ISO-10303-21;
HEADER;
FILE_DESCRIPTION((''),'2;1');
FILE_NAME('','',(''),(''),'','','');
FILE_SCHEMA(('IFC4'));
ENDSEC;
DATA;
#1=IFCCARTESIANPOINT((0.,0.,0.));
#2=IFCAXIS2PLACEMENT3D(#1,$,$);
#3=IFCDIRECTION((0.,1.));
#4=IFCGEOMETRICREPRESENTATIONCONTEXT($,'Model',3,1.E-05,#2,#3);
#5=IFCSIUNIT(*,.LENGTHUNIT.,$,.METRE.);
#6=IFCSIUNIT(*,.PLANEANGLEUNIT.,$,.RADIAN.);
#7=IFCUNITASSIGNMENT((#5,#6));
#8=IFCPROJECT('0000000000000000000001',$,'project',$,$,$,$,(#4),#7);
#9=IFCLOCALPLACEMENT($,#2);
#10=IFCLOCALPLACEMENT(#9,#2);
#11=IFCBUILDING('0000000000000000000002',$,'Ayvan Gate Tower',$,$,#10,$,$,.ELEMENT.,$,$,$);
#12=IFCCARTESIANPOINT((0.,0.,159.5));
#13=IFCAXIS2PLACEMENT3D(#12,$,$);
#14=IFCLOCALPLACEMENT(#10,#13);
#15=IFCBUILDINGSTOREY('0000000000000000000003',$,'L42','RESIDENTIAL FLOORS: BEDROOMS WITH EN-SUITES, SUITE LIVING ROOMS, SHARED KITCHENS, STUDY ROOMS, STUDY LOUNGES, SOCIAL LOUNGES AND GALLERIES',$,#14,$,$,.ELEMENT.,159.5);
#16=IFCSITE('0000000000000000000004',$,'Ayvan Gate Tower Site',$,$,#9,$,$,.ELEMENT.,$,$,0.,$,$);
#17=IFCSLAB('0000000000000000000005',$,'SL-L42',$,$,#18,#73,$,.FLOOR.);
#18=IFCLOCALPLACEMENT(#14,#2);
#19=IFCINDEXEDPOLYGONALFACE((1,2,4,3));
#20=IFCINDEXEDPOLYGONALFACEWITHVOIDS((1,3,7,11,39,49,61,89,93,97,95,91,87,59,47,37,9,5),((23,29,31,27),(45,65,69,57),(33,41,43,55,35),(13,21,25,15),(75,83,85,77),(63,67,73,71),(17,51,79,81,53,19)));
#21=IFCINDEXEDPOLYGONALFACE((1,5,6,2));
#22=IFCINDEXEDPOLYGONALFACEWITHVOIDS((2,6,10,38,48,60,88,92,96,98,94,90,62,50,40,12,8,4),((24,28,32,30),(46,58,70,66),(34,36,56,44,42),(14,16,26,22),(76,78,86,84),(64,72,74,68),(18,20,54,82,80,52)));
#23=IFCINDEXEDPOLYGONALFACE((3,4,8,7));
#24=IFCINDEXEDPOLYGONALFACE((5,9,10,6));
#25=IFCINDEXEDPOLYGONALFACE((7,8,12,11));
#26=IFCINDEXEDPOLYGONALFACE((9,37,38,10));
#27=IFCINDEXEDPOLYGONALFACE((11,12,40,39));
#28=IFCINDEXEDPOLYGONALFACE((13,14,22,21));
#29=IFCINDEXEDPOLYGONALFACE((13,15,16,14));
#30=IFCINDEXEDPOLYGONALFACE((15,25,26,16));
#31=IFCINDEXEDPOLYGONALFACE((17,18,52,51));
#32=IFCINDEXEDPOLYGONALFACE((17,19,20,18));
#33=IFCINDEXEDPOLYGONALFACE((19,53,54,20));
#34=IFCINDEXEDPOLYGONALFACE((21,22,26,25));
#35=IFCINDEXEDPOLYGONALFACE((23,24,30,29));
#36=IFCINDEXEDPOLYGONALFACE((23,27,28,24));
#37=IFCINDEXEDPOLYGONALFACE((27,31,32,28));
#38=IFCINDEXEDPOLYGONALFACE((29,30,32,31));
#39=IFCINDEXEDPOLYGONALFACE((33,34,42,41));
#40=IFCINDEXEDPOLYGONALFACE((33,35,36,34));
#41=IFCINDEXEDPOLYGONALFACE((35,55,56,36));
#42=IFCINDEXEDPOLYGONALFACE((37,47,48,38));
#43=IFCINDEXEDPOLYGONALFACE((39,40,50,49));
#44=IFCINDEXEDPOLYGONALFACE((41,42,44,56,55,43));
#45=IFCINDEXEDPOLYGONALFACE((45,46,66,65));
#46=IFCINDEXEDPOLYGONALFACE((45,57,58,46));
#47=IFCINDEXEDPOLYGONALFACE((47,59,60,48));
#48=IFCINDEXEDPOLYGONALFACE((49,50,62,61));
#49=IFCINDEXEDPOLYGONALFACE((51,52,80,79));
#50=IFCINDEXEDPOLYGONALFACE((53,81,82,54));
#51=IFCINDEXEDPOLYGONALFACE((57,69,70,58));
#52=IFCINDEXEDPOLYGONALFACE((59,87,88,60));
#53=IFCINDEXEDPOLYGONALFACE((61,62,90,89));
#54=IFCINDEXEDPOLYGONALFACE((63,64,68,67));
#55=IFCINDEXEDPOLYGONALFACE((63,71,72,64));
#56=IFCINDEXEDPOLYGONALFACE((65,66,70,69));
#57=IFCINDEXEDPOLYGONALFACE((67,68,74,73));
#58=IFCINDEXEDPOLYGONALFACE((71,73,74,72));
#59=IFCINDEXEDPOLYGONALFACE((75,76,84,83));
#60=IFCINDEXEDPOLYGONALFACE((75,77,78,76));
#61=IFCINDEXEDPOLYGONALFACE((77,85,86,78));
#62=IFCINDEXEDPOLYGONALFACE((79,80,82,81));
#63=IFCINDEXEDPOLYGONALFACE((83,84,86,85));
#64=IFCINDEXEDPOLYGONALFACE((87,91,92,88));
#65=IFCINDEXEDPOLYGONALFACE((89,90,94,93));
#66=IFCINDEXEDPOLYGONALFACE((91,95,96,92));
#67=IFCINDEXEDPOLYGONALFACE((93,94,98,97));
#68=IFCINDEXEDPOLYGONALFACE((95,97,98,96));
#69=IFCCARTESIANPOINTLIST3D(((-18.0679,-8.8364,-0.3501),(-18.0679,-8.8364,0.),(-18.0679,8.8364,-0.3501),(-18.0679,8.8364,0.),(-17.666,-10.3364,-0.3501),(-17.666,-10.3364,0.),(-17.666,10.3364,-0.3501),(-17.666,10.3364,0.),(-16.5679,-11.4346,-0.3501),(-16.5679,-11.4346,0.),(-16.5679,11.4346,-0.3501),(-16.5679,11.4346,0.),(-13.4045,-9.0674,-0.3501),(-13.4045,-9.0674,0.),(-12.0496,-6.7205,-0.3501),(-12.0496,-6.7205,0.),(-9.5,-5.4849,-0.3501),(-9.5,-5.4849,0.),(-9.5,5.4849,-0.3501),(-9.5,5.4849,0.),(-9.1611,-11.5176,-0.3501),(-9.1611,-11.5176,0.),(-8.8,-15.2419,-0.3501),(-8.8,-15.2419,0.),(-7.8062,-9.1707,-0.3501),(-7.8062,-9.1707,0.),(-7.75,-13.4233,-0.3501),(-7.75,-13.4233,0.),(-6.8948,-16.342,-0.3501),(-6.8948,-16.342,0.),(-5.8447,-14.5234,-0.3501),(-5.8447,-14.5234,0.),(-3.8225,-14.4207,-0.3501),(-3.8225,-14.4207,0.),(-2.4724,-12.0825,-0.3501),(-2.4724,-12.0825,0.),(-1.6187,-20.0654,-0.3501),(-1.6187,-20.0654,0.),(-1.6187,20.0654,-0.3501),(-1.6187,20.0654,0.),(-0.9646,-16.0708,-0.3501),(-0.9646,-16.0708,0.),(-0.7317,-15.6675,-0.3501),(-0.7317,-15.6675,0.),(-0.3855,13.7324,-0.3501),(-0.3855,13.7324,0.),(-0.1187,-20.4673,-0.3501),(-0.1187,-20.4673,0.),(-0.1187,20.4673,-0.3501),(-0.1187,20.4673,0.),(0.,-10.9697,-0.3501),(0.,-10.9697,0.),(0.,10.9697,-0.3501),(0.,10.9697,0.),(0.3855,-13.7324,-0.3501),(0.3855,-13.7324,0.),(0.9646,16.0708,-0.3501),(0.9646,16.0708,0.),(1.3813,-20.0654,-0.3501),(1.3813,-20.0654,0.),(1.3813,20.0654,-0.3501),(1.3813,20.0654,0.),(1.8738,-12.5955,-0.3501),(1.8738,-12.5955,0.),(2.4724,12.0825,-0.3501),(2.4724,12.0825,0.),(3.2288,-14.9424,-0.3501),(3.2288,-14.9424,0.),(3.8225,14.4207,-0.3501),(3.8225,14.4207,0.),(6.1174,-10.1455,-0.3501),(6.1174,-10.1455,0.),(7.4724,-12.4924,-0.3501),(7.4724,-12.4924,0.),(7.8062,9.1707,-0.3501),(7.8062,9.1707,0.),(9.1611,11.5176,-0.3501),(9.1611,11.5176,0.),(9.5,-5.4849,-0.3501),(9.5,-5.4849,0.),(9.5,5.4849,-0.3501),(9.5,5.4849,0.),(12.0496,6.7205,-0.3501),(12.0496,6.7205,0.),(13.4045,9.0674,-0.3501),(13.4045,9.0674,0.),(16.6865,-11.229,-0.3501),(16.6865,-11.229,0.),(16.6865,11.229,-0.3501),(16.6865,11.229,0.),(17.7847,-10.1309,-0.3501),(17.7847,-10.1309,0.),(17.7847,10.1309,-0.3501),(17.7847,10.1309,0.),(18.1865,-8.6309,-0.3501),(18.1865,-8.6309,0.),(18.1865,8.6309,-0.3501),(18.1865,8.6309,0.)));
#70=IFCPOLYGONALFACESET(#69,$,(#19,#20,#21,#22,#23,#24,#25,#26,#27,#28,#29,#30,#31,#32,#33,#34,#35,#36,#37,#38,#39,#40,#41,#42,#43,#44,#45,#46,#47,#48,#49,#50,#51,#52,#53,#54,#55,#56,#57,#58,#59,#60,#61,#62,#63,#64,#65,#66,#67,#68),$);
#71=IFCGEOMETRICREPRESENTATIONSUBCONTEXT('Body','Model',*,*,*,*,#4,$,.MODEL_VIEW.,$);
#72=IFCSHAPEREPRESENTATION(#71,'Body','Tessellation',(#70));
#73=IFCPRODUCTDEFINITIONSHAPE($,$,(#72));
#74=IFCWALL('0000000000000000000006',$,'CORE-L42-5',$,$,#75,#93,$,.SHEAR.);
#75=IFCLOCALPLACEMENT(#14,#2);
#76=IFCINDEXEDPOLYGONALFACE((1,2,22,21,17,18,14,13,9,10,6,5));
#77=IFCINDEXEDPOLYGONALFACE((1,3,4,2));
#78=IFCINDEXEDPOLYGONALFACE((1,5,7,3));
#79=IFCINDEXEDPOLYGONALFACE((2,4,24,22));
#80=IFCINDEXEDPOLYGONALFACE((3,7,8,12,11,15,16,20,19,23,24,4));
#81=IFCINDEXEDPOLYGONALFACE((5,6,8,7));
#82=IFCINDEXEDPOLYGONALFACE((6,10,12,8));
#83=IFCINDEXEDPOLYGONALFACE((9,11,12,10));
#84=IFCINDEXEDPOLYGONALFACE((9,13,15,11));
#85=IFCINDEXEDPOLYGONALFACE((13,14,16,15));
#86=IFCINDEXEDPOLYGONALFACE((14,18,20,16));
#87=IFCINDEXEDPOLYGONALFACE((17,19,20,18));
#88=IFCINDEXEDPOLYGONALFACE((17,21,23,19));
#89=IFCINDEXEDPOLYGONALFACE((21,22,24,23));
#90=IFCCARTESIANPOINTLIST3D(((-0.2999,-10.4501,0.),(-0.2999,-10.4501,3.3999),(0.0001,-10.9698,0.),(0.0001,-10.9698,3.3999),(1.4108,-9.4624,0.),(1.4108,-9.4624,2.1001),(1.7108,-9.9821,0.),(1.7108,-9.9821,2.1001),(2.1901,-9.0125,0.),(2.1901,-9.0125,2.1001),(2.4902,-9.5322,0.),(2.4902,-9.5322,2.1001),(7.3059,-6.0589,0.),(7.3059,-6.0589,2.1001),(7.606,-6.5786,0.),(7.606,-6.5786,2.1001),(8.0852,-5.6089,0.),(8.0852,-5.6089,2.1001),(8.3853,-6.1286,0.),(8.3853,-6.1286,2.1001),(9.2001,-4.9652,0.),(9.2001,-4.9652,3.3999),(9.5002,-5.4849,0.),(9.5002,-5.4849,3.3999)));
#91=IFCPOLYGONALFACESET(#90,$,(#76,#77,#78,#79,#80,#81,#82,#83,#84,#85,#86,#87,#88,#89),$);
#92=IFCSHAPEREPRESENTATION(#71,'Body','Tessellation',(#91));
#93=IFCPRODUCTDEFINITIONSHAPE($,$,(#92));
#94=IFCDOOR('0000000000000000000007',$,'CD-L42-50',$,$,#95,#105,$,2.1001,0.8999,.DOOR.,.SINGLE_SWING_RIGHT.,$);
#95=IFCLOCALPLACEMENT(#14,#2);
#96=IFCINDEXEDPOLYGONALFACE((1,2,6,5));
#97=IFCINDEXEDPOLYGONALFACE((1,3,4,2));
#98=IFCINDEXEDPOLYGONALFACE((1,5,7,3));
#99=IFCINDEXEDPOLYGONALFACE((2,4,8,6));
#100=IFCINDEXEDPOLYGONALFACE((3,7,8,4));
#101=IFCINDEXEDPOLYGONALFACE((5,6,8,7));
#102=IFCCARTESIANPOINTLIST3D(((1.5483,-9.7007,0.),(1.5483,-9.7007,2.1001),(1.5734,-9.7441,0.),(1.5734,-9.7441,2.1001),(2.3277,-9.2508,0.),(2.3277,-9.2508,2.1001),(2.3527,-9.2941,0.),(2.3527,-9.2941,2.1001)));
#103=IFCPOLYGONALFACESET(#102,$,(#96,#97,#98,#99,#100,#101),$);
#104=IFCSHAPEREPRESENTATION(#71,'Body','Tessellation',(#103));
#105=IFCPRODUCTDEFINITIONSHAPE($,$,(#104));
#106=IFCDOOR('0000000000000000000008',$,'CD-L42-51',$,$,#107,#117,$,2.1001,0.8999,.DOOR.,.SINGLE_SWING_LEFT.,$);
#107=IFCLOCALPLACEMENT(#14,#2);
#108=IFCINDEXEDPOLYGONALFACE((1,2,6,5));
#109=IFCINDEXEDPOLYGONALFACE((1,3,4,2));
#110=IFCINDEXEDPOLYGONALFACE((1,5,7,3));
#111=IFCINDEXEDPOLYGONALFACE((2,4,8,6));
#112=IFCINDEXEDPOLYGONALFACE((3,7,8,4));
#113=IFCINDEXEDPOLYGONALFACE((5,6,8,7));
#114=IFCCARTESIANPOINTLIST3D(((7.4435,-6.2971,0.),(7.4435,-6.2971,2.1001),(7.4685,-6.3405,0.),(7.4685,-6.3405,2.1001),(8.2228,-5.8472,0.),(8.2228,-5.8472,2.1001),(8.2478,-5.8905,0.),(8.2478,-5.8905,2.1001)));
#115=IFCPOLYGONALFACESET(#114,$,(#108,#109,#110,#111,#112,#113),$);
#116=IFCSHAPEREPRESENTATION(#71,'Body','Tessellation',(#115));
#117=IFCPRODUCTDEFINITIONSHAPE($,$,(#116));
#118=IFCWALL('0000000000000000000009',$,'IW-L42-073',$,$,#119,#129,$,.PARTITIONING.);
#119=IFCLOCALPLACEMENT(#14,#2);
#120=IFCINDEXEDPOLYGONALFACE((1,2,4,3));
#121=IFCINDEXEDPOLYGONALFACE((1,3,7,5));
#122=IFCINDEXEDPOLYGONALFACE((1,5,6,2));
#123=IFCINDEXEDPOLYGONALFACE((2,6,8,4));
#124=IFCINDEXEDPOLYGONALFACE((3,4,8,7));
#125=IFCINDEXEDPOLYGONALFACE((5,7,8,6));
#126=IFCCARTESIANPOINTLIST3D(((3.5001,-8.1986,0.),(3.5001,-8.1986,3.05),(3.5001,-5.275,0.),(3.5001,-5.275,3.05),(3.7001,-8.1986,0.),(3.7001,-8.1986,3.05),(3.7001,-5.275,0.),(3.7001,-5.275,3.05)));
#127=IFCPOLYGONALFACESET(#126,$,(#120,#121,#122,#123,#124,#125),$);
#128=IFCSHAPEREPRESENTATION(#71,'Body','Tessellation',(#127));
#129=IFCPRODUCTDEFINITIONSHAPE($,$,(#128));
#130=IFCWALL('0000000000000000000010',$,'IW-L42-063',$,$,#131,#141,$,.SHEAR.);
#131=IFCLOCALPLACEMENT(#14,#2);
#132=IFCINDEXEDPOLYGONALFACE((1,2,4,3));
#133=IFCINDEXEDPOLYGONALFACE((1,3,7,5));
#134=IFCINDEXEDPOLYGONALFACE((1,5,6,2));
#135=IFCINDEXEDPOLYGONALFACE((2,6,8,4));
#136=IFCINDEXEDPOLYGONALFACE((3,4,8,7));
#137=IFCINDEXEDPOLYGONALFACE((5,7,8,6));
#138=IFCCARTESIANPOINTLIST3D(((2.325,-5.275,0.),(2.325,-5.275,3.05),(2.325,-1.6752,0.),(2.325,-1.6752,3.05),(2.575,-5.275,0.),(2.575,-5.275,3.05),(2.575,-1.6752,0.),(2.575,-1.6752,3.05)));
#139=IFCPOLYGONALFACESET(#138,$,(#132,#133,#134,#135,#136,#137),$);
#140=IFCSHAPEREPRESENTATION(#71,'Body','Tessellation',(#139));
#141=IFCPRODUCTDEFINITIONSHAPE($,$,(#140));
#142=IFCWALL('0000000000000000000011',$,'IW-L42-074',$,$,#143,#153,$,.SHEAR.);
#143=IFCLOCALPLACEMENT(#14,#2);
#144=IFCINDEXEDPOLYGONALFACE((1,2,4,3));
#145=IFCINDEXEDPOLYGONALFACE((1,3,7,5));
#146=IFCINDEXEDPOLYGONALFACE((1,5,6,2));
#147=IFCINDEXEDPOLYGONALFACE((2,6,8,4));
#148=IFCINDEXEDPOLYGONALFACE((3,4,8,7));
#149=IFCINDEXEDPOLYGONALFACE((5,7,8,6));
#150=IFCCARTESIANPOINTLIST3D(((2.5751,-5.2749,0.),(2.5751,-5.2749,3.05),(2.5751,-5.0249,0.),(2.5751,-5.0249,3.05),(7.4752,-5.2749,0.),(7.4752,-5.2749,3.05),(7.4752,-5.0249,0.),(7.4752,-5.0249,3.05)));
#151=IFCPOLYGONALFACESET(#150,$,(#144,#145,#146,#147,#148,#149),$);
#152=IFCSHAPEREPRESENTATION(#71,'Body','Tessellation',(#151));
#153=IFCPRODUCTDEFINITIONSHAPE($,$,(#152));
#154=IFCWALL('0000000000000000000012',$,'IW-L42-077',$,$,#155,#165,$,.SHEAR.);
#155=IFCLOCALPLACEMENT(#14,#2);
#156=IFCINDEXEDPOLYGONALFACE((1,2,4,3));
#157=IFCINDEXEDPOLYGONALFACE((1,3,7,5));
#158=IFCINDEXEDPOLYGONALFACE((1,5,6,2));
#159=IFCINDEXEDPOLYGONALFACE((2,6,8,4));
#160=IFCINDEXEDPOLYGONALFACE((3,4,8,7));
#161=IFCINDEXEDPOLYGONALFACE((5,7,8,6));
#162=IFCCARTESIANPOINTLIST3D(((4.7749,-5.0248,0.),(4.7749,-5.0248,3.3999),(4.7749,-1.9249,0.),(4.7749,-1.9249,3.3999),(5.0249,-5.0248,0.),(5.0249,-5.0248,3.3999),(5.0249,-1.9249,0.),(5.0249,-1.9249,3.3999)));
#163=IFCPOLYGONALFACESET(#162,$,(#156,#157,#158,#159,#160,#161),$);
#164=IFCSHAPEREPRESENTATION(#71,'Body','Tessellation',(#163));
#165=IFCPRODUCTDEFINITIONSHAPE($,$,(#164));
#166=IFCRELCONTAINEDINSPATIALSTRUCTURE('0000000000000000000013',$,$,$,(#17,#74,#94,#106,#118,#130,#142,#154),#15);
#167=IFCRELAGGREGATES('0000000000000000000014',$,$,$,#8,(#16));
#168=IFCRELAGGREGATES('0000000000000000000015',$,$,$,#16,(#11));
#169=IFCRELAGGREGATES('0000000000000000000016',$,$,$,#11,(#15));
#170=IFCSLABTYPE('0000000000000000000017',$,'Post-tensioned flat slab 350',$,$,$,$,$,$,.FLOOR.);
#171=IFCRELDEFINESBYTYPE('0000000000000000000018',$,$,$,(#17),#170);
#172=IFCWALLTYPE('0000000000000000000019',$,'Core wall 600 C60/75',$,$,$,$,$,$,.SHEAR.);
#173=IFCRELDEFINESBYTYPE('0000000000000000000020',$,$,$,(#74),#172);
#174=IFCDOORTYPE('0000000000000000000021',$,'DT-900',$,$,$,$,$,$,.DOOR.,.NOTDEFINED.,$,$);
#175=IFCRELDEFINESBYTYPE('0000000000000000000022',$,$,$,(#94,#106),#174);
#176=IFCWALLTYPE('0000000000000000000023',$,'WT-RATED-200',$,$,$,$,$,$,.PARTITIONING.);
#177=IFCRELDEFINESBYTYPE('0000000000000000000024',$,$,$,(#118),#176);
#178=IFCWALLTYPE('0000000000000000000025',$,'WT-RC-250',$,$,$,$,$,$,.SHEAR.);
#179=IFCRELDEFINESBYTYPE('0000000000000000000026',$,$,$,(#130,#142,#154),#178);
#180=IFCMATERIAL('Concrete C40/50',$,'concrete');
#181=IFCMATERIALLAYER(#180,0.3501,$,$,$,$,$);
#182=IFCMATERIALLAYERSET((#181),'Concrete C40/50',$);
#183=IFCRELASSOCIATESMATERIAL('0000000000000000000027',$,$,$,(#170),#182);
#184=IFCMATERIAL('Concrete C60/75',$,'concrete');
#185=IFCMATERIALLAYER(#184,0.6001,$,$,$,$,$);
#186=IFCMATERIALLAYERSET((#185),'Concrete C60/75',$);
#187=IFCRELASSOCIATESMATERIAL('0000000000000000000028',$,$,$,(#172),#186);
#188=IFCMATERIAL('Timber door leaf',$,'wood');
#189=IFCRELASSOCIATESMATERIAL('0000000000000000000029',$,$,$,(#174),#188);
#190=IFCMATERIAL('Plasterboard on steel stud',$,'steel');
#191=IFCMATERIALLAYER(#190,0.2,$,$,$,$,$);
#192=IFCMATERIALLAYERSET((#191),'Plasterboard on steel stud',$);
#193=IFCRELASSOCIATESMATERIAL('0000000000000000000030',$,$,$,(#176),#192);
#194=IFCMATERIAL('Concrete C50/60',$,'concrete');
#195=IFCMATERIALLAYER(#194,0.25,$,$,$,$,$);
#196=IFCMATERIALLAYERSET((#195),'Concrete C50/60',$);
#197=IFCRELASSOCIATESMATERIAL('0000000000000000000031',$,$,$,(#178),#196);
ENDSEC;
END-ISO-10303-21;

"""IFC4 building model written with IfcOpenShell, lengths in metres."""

from ifc_helpers import new_model, si_unit, direction, frame, frame_2d, origin, place, context, subcontext, project, spatial, polyline, rectangle, outline, extrude, material, layer, layer_set, type_object, element, fill, save


model = new_model("IFC4")

# Units and contexts
model_context = context("Model", 3, precision=1e-05, world=origin(), true_north=direction((0.0, 1.0)))
body_context = subcontext(model_context, "Body", "Model", "MODEL_VIEW")
ifc_project = project(units=[si_unit("LENGTHUNIT", "METRE"), si_unit("PLANEANGLEUNIT", "RADIAN")], contexts=[model_context])

# Site, building, storey
site_placement = place(None, origin())
site = spatial("IfcSite", under=ifc_project, at=site_placement, Name="Ayvan Gate Tower Site", CompositionType="ELEMENT", RefElevation=0.0)
building_placement = place(site_placement, origin())
building = spatial("IfcBuilding", under=site, at=building_placement, Name="Ayvan Gate Tower", CompositionType="ELEMENT")
storey_placement = place(building_placement, frame((0.0, 0.0, 159.5)))
storey = spatial("IfcBuildingStorey", under=building, at=storey_placement, Name="L42", Description="RESIDENTIAL FLOORS: BEDROOMS WITH EN-SUITES, SUITE LIVING ROOMS, SHARED KITCHENS, STUDY ROOMS, STUDY LOUNGES, SOCIAL LOUNGES AND GALLERIES", CompositionType="ELEMENT", Elevation=159.5)

# Slab
ifc_material_1 = material(Name="Concrete C40/50", Category="concrete")
ifc_layer_1 = layer(ifc_material_1, 0.3501)
ifc_layer_set_1 = layer_set([ifc_layer_1], Name="Concrete C40/50")
slab_type = type_object("IfcSlabType", Name="Post-tensioned flat slab 350", PredefinedType="FLOOR", material=ifc_layer_set_1)
slab_placement = place(storey_placement, frame((0.0, 0.0, -0.3501)))
element("IfcSlab", 1, at=slab_placement, inside=storey, type_object=slab_type, Name="SL-L42", PredefinedType="FLOOR", context=body_context, shape_type="SweptSolid", body=[
    extrude(outline(polyline([(-0.1187, -20.4673), (-1.6187, -20.0654), (-16.5679, -11.4346), (-17.666, -10.3364), (-18.0679, -8.8364), (-18.0679, 8.8364), (-17.666, 10.3364), (-16.5679, 11.4346), (-1.6187, 20.0654), (-0.1187, 20.4673), (1.3813, 20.0654), (16.6865, 11.229), (17.7847, 10.1309), (18.1865, 8.6309), (18.1865, -8.6309), (17.7847, -10.1309), (16.6865, -11.229), (1.3813, -20.0654), (-0.1187, -20.4673)]), holes=[polyline([(13.4045, 9.0674), (9.1611, 11.5176), (7.8062, 9.1707), (12.0496, 6.7205), (13.4045, 9.0674)]), polyline([(0.0, 10.9697), (-9.5, 5.4849), (-9.5, -5.4849), (0.0, -10.9697), (9.5, -5.4849), (9.5, 5.4849), (0.0, 10.9697)]), polyline([(3.2288, -14.9424), (7.4724, -12.4924), (6.1174, -10.1455), (1.8738, -12.5955), (3.2288, -14.9424)]), polyline([(0.9646, 16.0708), (-0.3855, 13.7324), (2.4724, 12.0825), (3.8225, 14.4207), (0.9646, 16.0708)]), polyline([(0.3855, -13.7324), (-2.4724, -12.0825), (-3.8225, -14.4207), (-0.9646, -16.0708), (-0.7317, -15.6675), (0.3855, -13.7324)]), polyline([(-6.8948, -16.342), (-5.8447, -14.5234), (-7.75, -13.4233), (-8.8, -15.2419), (-6.8948, -16.342)]), polyline([(-7.8062, -9.1707), (-12.0496, -6.7205), (-13.4045, -9.0674), (-9.1611, -11.5176), (-7.8062, -9.1707)])]), origin(), (0.0, 0.0, 1.0), 0.3501),
])

# Wall, openings, doors
ifc_material_2 = material(Name="Concrete C60/75", Category="concrete")
ifc_layer_2 = layer(ifc_material_2, 0.6001)
ifc_layer_set_2 = layer_set([ifc_layer_2], Name="Concrete C60/75")
wall_type_1 = type_object("IfcWallType", Name="Core wall 600 C60/75", PredefinedType="SHEAR", material=ifc_layer_set_2)
wall_1_placement = place(storey_placement, frame((-0.1499, -10.71, 0.0), z_axis=(0.0, 0.0, 1.0), x_axis=(0.866024, 0.500002, 0.0)))
wall_1 = element("IfcWall", 2, at=wall_1_placement, inside=storey, type_object=wall_type_1, Name="CORE-L42-5", PredefinedType="SHEAR", context=body_context, shape_type="SweptSolid", body=[
    extrude(rectangle(XDim=10.9697, YDim=0.6001, at=frame_2d((5.4849, 0.0))), origin(), (0.0, 0.0, 1.0), 3.3999),
])
opening_1_placement = place(wall_1_placement, frame((1.9753, 0.0, 0.0)))
opening_1 = element("IfcOpeningElement", 3, at=opening_1_placement, cuts=wall_1, PredefinedType="OPENING", context=body_context, shape_type="SweptSolid", body=[
    extrude(rectangle(XDim=0.8999, YDim=2.1001, at=frame_2d((0.45, 1.05))), frame((0.0, 0.3101, 0.0), z_axis=(0.0, -1.0, 0.0), x_axis=(1.0, 0.0, 0.0)), (0.0, 0.0, 1.0), 0.6201),
])
opening_2_placement = place(wall_1_placement, frame((8.7825, 0.0, 0.0)))
opening_2 = element("IfcOpeningElement", 4, at=opening_2_placement, cuts=wall_1, PredefinedType="OPENING", context=body_context, shape_type="SweptSolid", body=[
    extrude(rectangle(XDim=0.8999, YDim=2.1001, at=frame_2d((0.45, 1.05))), frame((0.0, 0.3101, 0.0), z_axis=(0.0, -1.0, 0.0), x_axis=(1.0, 0.0, 0.0)), (0.0, 0.0, 1.0), 0.6201),
])
ifc_material_3 = material(Name="Timber door leaf", Category="wood")
door_type_1 = type_object("IfcDoorType", Name="DT-900", OperationType="NOTDEFINED", PredefinedType="DOOR", material=ifc_material_3)
door_1_placement = place(opening_1_placement, origin())
door_1 = element("IfcDoor", 5, at=door_1_placement, inside=storey, type_object=door_type_1, Name="CD-L42-50", OperationType="SINGLE_SWING_RIGHT", OverallHeight=2.1001, OverallWidth=0.8999, PredefinedType="DOOR", context=body_context, shape_type="SweptSolid", body=[
    extrude(rectangle(XDim=0.8999, YDim=2.1001, at=frame_2d((0.45, 1.05))), frame((0.0, 0.0249, 0.0), z_axis=(0.0, -1.0, 0.0), x_axis=(1.0, 0.0, 0.0)), (0.0, 0.0, 1.0), 0.05),
])
fill(opening_1, door_1)
door_2_placement = place(opening_2_placement, origin())
door_2 = element("IfcDoor", 6, at=door_2_placement, inside=storey, type_object=door_type_1, Name="CD-L42-51", OperationType="SINGLE_SWING_LEFT", OverallHeight=2.1001, OverallWidth=0.8999, PredefinedType="DOOR", context=body_context, shape_type="SweptSolid", body=[
    extrude(rectangle(XDim=0.8999, YDim=2.1001, at=frame_2d((0.45, 1.05))), frame((0.0, 0.0249, 0.0), z_axis=(0.0, -1.0, 0.0), x_axis=(1.0, 0.0, 0.0)), (0.0, 0.0, 1.0), 0.05),
])
fill(opening_2, door_2)

# Walls
ifc_material_4 = material(Name="Plasterboard on steel stud", Category="steel")
ifc_layer_3 = layer(ifc_material_4, 0.2)
ifc_layer_set_3 = layer_set([ifc_layer_3], Name="Plasterboard on steel stud")
wall_type_2 = type_object("IfcWallType", Name="WT-RATED-200", PredefinedType="PARTITIONING", material=ifc_layer_set_3)
wall_2_placement = place(storey_placement, frame((3.6001, -5.2749, 0.0), z_axis=(0.0, 0.0, 1.0), x_axis=(0.0, -1.0, 0.0)))
element("IfcWall", 7, at=wall_2_placement, inside=storey, type_object=wall_type_2, Name="IW-L42-073", PredefinedType="PARTITIONING", context=body_context, shape_type="SweptSolid", body=[
    extrude(rectangle(XDim=2.9236, YDim=0.2, at=frame_2d((1.4619, 0.0))), origin(), (0.0, 0.0, 1.0), 3.05),
])
ifc_material_5 = material(Name="Concrete C50/60", Category="concrete")
ifc_layer_4 = layer(ifc_material_5, 0.25)
ifc_layer_set_4 = layer_set([ifc_layer_4], Name="Concrete C50/60")
wall_type_3 = type_object("IfcWallType", Name="WT-RC-250", PredefinedType="SHEAR", material=ifc_layer_set_4)
wall_3_placement = place(storey_placement, frame((2.45, -5.2749, 0.0), z_axis=(0.0, 0.0, 1.0), x_axis=(0.0, 1.0, 0.0)))
element("IfcWall", 8, at=wall_3_placement, inside=storey, type_object=wall_type_3, Name="IW-L42-063", PredefinedType="SHEAR", context=body_context, shape_type="SweptSolid", body=[
    extrude(rectangle(XDim=3.5999, YDim=0.25, at=frame_2d((1.7998, 0.0))), origin(), (0.0, 0.0, 1.0), 3.05),
])
wall_4_placement = place(storey_placement, frame((2.575, -5.1499, 0.0), z_axis=(0.0, 0.0, 1.0), x_axis=(1.0, 0.0, 0.0)))
element("IfcWall", 9, at=wall_4_placement, inside=storey, type_object=wall_type_3, Name="IW-L42-074", PredefinedType="SHEAR", context=body_context, shape_type="SweptSolid", body=[
    extrude(rectangle(XDim=4.9001, YDim=0.25, at=frame_2d((2.4502, 0.0))), origin(), (0.0, 0.0, 1.0), 3.05),
])
wall_5_placement = place(storey_placement, frame((4.8999, -1.925, 0.0), z_axis=(0.0, 0.0, 1.0), x_axis=(0.0, -1.0, 0.0)))
element("IfcWall", 10, at=wall_5_placement, inside=storey, type_object=wall_type_3, Name="IW-L42-077", PredefinedType="SHEAR", context=body_context, shape_type="SweptSolid", body=[
    extrude(rectangle(XDim=3.0999, YDim=0.25, at=frame_2d((1.5498, 0.0))), origin(), (0.0, 0.0, 1.0), 3.3999),
])

save(model, "model.ifc")
